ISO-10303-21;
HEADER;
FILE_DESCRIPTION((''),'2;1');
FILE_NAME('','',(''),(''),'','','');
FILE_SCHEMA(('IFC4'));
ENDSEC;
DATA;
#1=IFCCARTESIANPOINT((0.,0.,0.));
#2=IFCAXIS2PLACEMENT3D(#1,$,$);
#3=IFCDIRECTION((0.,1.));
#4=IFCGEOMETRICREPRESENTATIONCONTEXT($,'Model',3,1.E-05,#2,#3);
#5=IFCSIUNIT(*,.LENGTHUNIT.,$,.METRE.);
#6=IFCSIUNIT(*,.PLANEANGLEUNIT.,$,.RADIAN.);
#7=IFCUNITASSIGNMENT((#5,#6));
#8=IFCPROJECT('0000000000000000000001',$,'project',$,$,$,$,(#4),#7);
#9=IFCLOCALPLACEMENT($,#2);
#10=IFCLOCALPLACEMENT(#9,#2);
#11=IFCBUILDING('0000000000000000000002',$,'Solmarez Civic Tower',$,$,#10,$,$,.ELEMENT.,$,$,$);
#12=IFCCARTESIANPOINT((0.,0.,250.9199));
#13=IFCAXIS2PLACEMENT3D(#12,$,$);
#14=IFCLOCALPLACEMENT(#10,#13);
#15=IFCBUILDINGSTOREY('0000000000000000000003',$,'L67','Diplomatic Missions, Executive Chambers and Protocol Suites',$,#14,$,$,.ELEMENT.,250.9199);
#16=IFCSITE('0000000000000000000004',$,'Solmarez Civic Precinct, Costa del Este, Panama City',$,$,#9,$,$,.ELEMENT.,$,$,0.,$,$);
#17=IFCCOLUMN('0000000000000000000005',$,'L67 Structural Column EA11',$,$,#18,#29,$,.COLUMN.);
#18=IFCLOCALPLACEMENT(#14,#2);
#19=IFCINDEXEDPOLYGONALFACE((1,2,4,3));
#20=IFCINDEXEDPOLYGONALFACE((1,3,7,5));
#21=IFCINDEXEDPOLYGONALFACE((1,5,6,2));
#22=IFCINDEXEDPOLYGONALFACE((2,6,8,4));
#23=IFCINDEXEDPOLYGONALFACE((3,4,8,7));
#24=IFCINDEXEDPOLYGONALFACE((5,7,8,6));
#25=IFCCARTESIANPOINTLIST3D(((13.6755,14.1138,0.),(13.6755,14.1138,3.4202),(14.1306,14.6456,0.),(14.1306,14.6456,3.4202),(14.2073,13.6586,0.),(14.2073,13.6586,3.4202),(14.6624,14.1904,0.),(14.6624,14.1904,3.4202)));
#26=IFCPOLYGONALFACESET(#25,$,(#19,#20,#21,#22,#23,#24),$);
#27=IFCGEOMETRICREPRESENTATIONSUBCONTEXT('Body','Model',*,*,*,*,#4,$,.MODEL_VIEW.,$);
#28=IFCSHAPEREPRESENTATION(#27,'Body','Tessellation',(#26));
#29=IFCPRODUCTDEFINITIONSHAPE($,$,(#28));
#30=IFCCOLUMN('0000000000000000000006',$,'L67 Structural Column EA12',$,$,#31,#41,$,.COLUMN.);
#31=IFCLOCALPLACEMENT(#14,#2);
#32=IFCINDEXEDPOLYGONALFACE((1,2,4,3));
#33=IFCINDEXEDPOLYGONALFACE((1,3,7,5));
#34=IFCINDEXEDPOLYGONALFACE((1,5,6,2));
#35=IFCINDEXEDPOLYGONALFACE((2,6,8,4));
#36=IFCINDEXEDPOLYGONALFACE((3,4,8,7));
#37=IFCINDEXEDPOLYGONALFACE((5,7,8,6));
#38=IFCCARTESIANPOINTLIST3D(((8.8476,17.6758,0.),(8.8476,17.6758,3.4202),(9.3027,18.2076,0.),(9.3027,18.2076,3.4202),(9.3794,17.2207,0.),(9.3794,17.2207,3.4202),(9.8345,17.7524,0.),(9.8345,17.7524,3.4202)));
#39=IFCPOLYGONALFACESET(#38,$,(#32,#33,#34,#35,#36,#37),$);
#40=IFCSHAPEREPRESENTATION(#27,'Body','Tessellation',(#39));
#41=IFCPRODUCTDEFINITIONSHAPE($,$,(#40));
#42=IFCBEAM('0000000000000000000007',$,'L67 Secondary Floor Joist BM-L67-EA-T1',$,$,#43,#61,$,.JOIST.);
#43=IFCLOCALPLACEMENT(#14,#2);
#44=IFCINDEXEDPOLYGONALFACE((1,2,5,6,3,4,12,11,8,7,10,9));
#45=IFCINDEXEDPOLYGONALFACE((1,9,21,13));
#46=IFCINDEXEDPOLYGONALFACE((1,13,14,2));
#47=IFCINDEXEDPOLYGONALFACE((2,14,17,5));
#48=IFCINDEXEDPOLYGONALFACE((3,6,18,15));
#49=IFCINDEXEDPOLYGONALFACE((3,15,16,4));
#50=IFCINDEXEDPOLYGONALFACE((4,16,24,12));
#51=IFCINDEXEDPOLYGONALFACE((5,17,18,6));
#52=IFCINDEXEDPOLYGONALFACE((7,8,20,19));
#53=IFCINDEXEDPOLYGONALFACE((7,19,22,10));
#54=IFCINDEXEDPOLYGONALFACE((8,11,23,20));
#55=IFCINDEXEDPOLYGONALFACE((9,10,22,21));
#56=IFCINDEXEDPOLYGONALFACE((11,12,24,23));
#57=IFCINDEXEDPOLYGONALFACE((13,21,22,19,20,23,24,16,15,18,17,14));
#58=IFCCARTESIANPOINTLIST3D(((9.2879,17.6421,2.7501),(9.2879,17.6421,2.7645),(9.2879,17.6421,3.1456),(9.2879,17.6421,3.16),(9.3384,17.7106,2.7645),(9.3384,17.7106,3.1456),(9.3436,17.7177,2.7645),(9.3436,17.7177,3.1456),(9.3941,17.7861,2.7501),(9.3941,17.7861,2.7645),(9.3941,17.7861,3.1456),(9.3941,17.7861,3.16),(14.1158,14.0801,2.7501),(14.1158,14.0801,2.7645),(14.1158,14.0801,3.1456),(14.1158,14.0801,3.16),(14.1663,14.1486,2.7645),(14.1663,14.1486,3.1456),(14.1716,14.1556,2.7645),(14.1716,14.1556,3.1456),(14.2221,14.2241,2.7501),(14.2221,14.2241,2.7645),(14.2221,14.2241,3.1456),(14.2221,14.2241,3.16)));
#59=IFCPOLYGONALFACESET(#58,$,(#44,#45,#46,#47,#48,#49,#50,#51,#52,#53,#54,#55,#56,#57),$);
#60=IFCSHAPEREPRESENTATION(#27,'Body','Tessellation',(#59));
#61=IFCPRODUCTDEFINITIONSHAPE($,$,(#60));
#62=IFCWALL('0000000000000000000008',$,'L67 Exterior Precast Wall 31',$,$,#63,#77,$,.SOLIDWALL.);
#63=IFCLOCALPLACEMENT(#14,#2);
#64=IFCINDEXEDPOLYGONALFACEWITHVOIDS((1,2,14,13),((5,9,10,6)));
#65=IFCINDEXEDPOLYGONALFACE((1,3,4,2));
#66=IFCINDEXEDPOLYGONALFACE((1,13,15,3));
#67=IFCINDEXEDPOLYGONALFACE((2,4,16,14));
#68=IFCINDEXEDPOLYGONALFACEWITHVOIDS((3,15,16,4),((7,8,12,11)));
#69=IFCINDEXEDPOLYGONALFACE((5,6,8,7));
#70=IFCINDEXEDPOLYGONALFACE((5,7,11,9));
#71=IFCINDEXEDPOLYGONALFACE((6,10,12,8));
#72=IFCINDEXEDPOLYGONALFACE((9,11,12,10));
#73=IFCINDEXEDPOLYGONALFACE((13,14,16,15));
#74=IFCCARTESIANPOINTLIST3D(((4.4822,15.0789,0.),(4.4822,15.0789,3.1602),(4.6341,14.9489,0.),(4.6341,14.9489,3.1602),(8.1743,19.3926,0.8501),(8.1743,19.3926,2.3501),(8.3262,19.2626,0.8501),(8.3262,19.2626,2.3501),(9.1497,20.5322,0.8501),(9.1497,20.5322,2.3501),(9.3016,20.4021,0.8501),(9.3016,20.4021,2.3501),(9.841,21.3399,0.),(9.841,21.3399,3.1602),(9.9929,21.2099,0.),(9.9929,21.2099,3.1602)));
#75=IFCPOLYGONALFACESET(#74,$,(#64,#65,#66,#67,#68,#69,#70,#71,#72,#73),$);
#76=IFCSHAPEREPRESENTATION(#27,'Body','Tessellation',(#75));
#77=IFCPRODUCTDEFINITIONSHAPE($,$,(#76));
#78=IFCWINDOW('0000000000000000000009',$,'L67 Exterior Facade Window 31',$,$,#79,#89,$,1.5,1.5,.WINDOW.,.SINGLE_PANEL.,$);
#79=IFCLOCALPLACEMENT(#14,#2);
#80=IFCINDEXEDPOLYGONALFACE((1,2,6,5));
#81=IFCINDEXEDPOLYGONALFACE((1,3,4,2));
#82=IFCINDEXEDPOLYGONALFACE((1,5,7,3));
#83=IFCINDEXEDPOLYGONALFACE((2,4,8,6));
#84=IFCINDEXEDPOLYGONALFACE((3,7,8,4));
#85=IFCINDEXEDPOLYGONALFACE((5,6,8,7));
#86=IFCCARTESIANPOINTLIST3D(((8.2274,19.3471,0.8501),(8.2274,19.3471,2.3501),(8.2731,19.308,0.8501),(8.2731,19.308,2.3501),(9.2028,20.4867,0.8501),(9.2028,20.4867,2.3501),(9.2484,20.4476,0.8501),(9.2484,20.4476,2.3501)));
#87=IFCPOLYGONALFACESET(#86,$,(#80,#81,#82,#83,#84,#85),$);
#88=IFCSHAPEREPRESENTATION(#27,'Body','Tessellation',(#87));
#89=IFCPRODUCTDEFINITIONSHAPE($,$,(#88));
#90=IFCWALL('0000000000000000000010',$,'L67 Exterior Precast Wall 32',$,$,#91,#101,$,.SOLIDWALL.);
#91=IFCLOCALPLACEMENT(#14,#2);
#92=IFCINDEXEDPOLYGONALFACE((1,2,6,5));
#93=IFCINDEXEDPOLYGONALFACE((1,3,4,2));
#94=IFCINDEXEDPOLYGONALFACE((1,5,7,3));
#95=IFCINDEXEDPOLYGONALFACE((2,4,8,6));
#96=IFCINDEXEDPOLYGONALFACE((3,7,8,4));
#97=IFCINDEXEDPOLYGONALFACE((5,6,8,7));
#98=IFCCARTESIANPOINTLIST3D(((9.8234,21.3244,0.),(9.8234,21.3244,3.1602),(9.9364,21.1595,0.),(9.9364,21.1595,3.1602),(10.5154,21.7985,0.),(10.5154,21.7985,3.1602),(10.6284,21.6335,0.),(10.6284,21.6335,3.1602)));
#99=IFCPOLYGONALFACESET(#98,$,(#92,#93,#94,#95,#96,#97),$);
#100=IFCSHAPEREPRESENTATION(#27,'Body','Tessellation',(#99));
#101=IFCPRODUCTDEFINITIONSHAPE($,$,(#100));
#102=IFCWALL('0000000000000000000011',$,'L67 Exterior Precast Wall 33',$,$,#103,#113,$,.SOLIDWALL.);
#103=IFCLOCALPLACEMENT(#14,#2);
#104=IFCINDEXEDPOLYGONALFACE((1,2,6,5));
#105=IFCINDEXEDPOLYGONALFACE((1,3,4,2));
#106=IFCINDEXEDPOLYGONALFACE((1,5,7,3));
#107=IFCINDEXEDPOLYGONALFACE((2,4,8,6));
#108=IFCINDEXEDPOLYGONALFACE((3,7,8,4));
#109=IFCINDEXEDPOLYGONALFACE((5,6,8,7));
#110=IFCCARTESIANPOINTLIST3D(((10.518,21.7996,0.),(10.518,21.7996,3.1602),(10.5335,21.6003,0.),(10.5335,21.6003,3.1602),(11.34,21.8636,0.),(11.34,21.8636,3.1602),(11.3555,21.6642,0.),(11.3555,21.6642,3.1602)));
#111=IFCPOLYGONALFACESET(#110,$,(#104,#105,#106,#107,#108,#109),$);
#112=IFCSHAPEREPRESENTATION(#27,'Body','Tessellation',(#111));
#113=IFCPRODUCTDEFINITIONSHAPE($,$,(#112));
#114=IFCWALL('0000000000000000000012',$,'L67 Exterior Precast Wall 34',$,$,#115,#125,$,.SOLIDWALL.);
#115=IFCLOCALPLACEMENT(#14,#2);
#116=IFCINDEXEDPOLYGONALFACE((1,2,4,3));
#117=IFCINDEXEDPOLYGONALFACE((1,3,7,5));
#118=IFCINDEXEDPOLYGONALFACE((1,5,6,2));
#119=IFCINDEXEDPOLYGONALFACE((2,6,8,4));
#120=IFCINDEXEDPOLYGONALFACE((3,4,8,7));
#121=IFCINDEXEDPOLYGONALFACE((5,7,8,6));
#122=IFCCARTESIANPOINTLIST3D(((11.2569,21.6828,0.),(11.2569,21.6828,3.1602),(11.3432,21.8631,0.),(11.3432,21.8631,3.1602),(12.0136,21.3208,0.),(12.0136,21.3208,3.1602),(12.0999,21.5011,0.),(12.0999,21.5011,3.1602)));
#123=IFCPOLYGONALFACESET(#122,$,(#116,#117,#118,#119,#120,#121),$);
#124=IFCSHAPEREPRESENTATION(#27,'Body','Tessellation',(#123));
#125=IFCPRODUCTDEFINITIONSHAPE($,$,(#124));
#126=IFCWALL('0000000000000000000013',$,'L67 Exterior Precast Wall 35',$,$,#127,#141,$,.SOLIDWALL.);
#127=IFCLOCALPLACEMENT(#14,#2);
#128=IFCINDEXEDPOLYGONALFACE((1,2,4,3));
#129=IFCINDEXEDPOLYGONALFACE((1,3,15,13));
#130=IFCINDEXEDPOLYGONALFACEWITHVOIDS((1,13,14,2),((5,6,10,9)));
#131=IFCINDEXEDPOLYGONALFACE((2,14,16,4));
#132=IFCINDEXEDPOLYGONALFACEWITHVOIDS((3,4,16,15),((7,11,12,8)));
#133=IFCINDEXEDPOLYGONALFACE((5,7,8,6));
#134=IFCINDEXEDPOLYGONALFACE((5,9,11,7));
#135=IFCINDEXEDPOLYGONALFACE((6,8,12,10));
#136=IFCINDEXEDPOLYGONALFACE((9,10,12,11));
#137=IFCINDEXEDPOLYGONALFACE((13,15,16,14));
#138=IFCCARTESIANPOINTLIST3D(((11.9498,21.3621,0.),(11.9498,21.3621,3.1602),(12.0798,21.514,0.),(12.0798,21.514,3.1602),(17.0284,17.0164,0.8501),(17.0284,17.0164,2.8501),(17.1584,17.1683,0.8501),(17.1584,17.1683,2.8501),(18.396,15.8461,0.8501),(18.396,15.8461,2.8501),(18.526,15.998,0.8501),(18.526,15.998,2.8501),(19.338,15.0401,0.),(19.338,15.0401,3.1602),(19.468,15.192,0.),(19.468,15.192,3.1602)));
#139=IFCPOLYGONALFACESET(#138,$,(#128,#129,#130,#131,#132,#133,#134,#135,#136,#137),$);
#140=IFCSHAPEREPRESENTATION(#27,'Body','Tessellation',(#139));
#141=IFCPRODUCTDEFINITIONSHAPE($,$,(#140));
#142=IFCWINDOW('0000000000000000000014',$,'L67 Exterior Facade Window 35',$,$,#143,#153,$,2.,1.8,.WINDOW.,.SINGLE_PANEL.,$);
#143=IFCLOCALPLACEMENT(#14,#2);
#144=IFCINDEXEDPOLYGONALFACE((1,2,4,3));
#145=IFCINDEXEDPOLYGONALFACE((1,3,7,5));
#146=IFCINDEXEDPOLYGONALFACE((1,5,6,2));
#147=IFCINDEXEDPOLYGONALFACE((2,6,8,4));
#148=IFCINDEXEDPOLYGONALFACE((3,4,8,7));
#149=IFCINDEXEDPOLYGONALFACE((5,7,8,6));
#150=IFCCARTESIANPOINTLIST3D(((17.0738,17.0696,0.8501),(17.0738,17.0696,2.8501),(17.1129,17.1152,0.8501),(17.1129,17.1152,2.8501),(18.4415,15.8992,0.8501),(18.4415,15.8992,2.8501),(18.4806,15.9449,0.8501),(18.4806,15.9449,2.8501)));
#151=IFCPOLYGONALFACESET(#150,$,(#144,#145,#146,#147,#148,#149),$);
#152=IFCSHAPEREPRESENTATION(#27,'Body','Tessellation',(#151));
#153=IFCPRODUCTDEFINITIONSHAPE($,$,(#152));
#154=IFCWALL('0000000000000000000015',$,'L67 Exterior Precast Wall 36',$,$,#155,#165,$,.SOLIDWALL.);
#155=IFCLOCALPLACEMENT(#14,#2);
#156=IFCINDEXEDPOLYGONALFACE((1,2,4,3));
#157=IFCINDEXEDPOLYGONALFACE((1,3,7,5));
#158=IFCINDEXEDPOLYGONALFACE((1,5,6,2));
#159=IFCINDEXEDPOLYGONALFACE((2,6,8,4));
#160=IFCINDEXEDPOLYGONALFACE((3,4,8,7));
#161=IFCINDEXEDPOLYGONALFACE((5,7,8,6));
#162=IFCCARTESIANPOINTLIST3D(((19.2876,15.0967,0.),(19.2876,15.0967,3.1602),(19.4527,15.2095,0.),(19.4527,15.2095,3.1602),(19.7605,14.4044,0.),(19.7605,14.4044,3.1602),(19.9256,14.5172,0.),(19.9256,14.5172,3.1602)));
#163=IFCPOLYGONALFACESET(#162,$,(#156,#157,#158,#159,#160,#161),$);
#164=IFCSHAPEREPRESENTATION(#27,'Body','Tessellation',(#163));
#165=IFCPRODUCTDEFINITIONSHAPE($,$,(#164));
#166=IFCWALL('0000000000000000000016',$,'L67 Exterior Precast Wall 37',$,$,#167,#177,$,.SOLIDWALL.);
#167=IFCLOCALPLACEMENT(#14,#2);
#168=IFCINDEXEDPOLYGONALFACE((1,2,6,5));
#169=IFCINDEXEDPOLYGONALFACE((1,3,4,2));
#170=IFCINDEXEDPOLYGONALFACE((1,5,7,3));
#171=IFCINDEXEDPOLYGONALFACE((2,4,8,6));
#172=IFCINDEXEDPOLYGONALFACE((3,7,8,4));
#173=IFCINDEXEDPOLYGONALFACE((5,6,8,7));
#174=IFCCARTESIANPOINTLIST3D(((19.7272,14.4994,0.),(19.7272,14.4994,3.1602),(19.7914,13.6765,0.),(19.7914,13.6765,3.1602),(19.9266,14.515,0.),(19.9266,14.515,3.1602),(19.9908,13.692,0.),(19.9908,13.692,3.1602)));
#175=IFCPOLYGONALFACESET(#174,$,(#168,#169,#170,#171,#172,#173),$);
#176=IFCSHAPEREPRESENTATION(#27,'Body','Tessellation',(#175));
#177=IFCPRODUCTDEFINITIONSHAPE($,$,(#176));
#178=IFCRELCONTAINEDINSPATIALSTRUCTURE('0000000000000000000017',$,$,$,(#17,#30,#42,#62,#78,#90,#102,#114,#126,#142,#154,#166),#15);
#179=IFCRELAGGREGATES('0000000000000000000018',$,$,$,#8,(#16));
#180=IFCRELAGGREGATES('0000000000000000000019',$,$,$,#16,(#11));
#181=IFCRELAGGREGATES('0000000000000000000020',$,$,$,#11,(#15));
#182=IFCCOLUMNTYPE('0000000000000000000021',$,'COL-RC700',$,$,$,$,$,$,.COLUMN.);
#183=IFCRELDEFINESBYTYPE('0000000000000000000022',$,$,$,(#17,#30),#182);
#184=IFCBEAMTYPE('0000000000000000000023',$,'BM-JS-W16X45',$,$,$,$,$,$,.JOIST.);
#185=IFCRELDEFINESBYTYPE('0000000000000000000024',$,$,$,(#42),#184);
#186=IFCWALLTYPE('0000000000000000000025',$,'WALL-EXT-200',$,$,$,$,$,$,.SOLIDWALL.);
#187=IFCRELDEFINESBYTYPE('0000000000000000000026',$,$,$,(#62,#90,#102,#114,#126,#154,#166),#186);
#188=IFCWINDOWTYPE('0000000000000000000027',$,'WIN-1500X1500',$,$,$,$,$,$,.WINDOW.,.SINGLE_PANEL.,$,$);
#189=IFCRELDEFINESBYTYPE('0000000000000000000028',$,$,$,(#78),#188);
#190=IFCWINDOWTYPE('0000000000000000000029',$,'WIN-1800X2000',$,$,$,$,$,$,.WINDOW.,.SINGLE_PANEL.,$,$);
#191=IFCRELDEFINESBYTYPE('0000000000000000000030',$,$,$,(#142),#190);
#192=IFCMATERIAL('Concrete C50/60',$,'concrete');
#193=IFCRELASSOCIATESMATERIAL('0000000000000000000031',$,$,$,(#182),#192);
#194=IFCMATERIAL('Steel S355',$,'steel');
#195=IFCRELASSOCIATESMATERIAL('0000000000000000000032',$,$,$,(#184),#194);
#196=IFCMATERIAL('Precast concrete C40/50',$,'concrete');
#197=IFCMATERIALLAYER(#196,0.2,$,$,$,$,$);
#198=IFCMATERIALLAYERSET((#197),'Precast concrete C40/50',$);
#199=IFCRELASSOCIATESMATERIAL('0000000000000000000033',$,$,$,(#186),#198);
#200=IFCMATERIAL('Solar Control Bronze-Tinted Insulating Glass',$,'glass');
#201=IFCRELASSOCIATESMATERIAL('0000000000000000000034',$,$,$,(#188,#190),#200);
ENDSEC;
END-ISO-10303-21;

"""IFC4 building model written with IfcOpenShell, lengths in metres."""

from ifc_helpers import new_model, si_unit, direction, frame, frame_2d, origin, origin_2d, place, context, subcontext, project, spatial, rectangle, i_section, extrude, material, layer, layer_set, material_profile, profile_set, type_object, element, fill, save


model = new_model("IFC4")

# Units and contexts
model_context = context("Model", 3, precision=1e-05, world=origin(), true_north=direction((0.0, 1.0)))
body_context = subcontext(model_context, "Body", "Model", "MODEL_VIEW")
ifc_project = project(units=[si_unit("LENGTHUNIT", "METRE"), si_unit("PLANEANGLEUNIT", "RADIAN")], contexts=[model_context])

# Site, building, storey
site_placement = place(None, origin())
site = spatial("IfcSite", under=ifc_project, at=site_placement, Name="Solmarez Civic Precinct, Costa del Este, Panama City", CompositionType="ELEMENT", RefElevation=0.0)
building_placement = place(site_placement, origin())
building = spatial("IfcBuilding", under=site, at=building_placement, Name="Solmarez Civic Tower", CompositionType="ELEMENT")
storey_placement = place(building_placement, frame((0.0, 0.0, 250.9199)))
storey = spatial("IfcBuildingStorey", under=building, at=storey_placement, Name="L67", Description="Diplomatic Missions, Executive Chambers and Protocol Suites", CompositionType="ELEMENT", Elevation=250.9199)

# Columns
ifc_material_1 = material(Name="Concrete C50/60", Category="concrete")
ifc_material_profile_1 = material_profile(ifc_material_1, rectangle(XDim=0.7, YDim=0.7, at=origin_2d()), Name="RC700X700")
ifc_profile_set_1 = profile_set([ifc_material_profile_1], Name="Concrete C50/60")
column_type = type_object("IfcColumnType", Name="COL-RC700", PredefinedType="COLUMN", material=ifc_profile_set_1)
for number, where, z_axis, x_axis, name in (
    (1, (14.1689, 14.1521, 0.0), (0.0, 0.0, 1.0), (0.650244, 0.759725, 0.0), "L67 Structural Column EA11"),
    (2, (9.3411, 17.7141, 0.0), (0.0, 0.0, 1.0), (0.650244, 0.759725, 0.0), "L67 Structural Column EA12"),
):
    element("IfcColumn", number, at=place(storey_placement, frame(where, z_axis=z_axis, x_axis=x_axis)), inside=storey, type_object=column_type, Name=name, PredefinedType="COLUMN", context=body_context, shape_type="SweptSolid", body=[
        extrude(rectangle(XDim=0.7, YDim=0.7, at=origin_2d()), origin(), (0.0, 0.0, 1.0), 3.4202),
    ])

# Beam
ifc_material_2 = material(Name="Steel S355", Category="steel")
ifc_material_profile_2 = material_profile(ifc_material_2, i_section(OverallWidth=0.179, OverallDepth=0.4099, WebThickness=0.0088, FlangeThickness=0.0144, at=origin_2d()), Name="W16X45")
ifc_profile_set_2 = profile_set([ifc_material_profile_2], Name="Steel S355")
beam_type = type_object("IfcBeamType", Name="BM-JS-W16X45", PredefinedType="JOIST", material=ifc_profile_set_2)
beam_placement = place(storey_placement, frame((14.1689, 14.1521, 2.9551), z_axis=(-0.804687, 0.593699, 0.0), x_axis=(-0.593699, -0.804687, 0.0)))
element("IfcBeam", 3, at=beam_placement, inside=storey, type_object=beam_type, Name="L67 Secondary Floor Joist BM-L67-EA-T1", PredefinedType="JOIST", context=body_context, shape_type="SweptSolid", body=[
    extrude(i_section(OverallWidth=0.179, OverallDepth=0.4099, WebThickness=0.0088, FlangeThickness=0.0144, at=origin_2d()), origin(), (0.0, 0.0, 1.0), 5.9998),
])

# Wall, opening, window
ifc_material_3 = material(Name="Precast concrete C40/50", Category="concrete")
ifc_layer_1 = layer(ifc_material_3, 0.2)
ifc_layer_set_1 = layer_set([ifc_layer_1], Name="Precast concrete C40/50")
wall_type_1 = type_object("IfcWallType", Name="WALL-EXT-200", PredefinedType="SOLIDWALL", material=ifc_layer_set_1)
wall_1_placement = place(storey_placement, frame((4.5581, 15.0139, 0.0), z_axis=(0.0, 0.0, 1.0), x_axis=(0.650254, 0.759716, 0.0)))
wall_1 = element("IfcWall", 4, at=wall_1_placement, inside=storey, type_object=wall_type_1, Name="L67 Exterior Precast Wall 31", PredefinedType="SOLIDWALL", context=body_context, shape_type="SweptSolid", body=[
    extrude(rectangle(XDim=8.2412, YDim=0.2, at=frame_2d((4.1206, 0.0))), origin(), (0.0, 0.0, 1.0), 3.1602),
])
opening_1_placement = place(wall_1_placement, frame((5.678, 0.0, 0.8501)))
opening_1 = element("IfcOpeningElement", 5, at=opening_1_placement, cuts=wall_1, PredefinedType="OPENING", context=body_context, shape_type="SweptSolid", body=[
    extrude(rectangle(XDim=1.5, YDim=1.5, at=frame_2d((0.75, 0.75))), frame((0.0, 0.1099, 0.0), z_axis=(0.0, -1.0, 0.0), x_axis=(1.0, 0.0, 0.0)), (0.0, 0.0, 1.0), 0.22),
])
ifc_material_4 = material(Name="Solar Control Bronze-Tinted Insulating Glass", Category="glass")
window_type_1 = type_object("IfcWindowType", Name="WIN-1500X1500", PartitioningType="SINGLE_PANEL", PredefinedType="WINDOW", material=ifc_material_4)
window_1_placement = place(opening_1_placement, origin())
window_1 = element("IfcWindow", 6, at=window_1_placement, inside=storey, type_object=window_type_1, Name="L67 Exterior Facade Window 31", OverallHeight=1.5, OverallWidth=1.5, PartitioningType="SINGLE_PANEL", PredefinedType="WINDOW", context=body_context, shape_type="SweptSolid", body=[
    extrude(rectangle(XDim=1.5, YDim=1.5, at=frame_2d((0.75, 0.75))), frame((0.0, 0.03, 0.0), z_axis=(0.0, -1.0, 0.0), x_axis=(1.0, 0.0, 0.0)), (0.0, 0.0, 1.0), 0.0601),
])
fill(opening_1, window_1)

# Walls
wall_2_placement = place(storey_placement, frame((9.8799, 21.2419, 0.0), z_axis=(0.0, 0.0, 1.0), x_axis=(0.825, 0.565132, 0.0)))
element("IfcWall", 7, at=wall_2_placement, inside=storey, type_object=wall_type_1, Name="L67 Exterior Precast Wall 32", PredefinedType="SOLIDWALL", context=body_context, shape_type="SweptSolid", body=[
    extrude(rectangle(XDim=0.8389, YDim=0.2, at=frame_2d((0.4194, 0.0))), origin(), (0.0, 0.0, 1.0), 3.1602),
])
wall_3_placement = place(storey_placement, frame((10.5259, 21.7, 0.0), z_axis=(0.0, 0.0, 1.0), x_axis=(0.996986, 0.07758, 0.0)))
element("IfcWall", 8, at=wall_3_placement, inside=storey, type_object=wall_type_1, Name="L67 Exterior Precast Wall 33", PredefinedType="SOLIDWALL", context=body_context, shape_type="SweptSolid", body=[
    extrude(rectangle(XDim=0.8245, YDim=0.2, at=frame_2d((0.4121, 0.0))), origin(), (0.0, 0.0, 1.0), 3.1602),
])
wall_4_placement = place(storey_placement, frame((11.3, 21.7729, 0.0), z_axis=(0.0, 0.0, 1.0), x_axis=(0.90209, -0.431548, 0.0)))
element("IfcWall", 9, at=wall_4_placement, inside=storey, type_object=wall_type_1, Name="L67 Exterior Precast Wall 34", PredefinedType="SOLIDWALL", context=body_context, shape_type="SweptSolid", body=[
    extrude(rectangle(XDim=0.8389, YDim=0.2, at=frame_2d((0.4194, 0.0))), origin(), (0.0, 0.0, 1.0), 3.1602),
])

# Wall, opening, window
wall_5_placement = place(storey_placement, frame((12.0149, 21.438, 0.0), z_axis=(0.0, 0.0, 1.0), x_axis=(0.7598, -0.650156, 0.0)))
wall_5 = element("IfcWall", 10, at=wall_5_placement, inside=storey, type_object=wall_type_1, Name="L67 Exterior Precast Wall 35", PredefinedType="SOLIDWALL", context=body_context, shape_type="SweptSolid", body=[
    extrude(rectangle(XDim=9.7239, YDim=0.2, at=frame_2d((4.8618, 0.0))), origin(), (0.0, 0.0, 1.0), 3.1602),
])
opening_2_placement = place(wall_5_placement, frame((6.6841, 0.0, 0.8501)))
opening_2 = element("IfcOpeningElement", 11, at=opening_2_placement, cuts=wall_5, PredefinedType="OPENING", context=body_context, shape_type="SweptSolid", body=[
    extrude(rectangle(XDim=1.8, YDim=2.0, at=frame_2d((0.8999, 1.0))), frame((0.0, 0.1099, 0.0), z_axis=(0.0, -1.0, 0.0), x_axis=(1.0, 0.0, 0.0)), (0.0, 0.0, 1.0), 0.22),
])
window_type_2 = type_object("IfcWindowType", Name="WIN-1800X2000", PartitioningType="SINGLE_PANEL", PredefinedType="WINDOW", material=ifc_material_4)
window_2_placement = place(opening_2_placement, origin())
window_2 = element("IfcWindow", 12, at=window_2_placement, inside=storey, type_object=window_type_2, Name="L67 Exterior Facade Window 35", OverallHeight=2.0, OverallWidth=1.8, PartitioningType="SINGLE_PANEL", PredefinedType="WINDOW", context=body_context, shape_type="SweptSolid", body=[
    extrude(rectangle(XDim=1.8, YDim=2.0, at=frame_2d((0.8999, 1.0))), frame((0.0, 0.03, 0.0), z_axis=(0.0, -1.0, 0.0), x_axis=(1.0, 0.0, 0.0)), (0.0, 0.0, 1.0), 0.0601),
])
fill(opening_2, window_2)

# Walls
wall_6_placement = place(storey_placement, frame((19.3701, 15.1531, 0.0), z_axis=(0.0, 0.0, 1.0), x_axis=(0.564141, -0.825679, 0.0)))
element("IfcWall", 13, at=wall_6_placement, inside=storey, type_object=wall_type_1, Name="L67 Exterior Precast Wall 36", PredefinedType="SOLIDWALL", context=body_context, shape_type="SweptSolid", body=[
    extrude(rectangle(XDim=0.8384, YDim=0.2, at=frame_2d((0.4192, 0.0))), origin(), (0.0, 0.0, 1.0), 3.1602),
])
wall_7_placement = place(storey_placement, frame((19.8269, 14.5071, 0.0), z_axis=(0.0, 0.0, 1.0), x_axis=(0.077782, -0.99697, 0.0)))
element("IfcWall", 14, at=wall_7_placement, inside=storey, type_object=wall_type_1, Name="L67 Exterior Precast Wall 37", PredefinedType="SOLIDWALL", context=body_context, shape_type="SweptSolid", body=[
    extrude(rectangle(XDim=0.8254, YDim=0.2, at=frame_2d((0.4126, 0.0))), origin(), (0.0, 0.0, 1.0), 3.1602),
])

save(model, "model.ifc")
